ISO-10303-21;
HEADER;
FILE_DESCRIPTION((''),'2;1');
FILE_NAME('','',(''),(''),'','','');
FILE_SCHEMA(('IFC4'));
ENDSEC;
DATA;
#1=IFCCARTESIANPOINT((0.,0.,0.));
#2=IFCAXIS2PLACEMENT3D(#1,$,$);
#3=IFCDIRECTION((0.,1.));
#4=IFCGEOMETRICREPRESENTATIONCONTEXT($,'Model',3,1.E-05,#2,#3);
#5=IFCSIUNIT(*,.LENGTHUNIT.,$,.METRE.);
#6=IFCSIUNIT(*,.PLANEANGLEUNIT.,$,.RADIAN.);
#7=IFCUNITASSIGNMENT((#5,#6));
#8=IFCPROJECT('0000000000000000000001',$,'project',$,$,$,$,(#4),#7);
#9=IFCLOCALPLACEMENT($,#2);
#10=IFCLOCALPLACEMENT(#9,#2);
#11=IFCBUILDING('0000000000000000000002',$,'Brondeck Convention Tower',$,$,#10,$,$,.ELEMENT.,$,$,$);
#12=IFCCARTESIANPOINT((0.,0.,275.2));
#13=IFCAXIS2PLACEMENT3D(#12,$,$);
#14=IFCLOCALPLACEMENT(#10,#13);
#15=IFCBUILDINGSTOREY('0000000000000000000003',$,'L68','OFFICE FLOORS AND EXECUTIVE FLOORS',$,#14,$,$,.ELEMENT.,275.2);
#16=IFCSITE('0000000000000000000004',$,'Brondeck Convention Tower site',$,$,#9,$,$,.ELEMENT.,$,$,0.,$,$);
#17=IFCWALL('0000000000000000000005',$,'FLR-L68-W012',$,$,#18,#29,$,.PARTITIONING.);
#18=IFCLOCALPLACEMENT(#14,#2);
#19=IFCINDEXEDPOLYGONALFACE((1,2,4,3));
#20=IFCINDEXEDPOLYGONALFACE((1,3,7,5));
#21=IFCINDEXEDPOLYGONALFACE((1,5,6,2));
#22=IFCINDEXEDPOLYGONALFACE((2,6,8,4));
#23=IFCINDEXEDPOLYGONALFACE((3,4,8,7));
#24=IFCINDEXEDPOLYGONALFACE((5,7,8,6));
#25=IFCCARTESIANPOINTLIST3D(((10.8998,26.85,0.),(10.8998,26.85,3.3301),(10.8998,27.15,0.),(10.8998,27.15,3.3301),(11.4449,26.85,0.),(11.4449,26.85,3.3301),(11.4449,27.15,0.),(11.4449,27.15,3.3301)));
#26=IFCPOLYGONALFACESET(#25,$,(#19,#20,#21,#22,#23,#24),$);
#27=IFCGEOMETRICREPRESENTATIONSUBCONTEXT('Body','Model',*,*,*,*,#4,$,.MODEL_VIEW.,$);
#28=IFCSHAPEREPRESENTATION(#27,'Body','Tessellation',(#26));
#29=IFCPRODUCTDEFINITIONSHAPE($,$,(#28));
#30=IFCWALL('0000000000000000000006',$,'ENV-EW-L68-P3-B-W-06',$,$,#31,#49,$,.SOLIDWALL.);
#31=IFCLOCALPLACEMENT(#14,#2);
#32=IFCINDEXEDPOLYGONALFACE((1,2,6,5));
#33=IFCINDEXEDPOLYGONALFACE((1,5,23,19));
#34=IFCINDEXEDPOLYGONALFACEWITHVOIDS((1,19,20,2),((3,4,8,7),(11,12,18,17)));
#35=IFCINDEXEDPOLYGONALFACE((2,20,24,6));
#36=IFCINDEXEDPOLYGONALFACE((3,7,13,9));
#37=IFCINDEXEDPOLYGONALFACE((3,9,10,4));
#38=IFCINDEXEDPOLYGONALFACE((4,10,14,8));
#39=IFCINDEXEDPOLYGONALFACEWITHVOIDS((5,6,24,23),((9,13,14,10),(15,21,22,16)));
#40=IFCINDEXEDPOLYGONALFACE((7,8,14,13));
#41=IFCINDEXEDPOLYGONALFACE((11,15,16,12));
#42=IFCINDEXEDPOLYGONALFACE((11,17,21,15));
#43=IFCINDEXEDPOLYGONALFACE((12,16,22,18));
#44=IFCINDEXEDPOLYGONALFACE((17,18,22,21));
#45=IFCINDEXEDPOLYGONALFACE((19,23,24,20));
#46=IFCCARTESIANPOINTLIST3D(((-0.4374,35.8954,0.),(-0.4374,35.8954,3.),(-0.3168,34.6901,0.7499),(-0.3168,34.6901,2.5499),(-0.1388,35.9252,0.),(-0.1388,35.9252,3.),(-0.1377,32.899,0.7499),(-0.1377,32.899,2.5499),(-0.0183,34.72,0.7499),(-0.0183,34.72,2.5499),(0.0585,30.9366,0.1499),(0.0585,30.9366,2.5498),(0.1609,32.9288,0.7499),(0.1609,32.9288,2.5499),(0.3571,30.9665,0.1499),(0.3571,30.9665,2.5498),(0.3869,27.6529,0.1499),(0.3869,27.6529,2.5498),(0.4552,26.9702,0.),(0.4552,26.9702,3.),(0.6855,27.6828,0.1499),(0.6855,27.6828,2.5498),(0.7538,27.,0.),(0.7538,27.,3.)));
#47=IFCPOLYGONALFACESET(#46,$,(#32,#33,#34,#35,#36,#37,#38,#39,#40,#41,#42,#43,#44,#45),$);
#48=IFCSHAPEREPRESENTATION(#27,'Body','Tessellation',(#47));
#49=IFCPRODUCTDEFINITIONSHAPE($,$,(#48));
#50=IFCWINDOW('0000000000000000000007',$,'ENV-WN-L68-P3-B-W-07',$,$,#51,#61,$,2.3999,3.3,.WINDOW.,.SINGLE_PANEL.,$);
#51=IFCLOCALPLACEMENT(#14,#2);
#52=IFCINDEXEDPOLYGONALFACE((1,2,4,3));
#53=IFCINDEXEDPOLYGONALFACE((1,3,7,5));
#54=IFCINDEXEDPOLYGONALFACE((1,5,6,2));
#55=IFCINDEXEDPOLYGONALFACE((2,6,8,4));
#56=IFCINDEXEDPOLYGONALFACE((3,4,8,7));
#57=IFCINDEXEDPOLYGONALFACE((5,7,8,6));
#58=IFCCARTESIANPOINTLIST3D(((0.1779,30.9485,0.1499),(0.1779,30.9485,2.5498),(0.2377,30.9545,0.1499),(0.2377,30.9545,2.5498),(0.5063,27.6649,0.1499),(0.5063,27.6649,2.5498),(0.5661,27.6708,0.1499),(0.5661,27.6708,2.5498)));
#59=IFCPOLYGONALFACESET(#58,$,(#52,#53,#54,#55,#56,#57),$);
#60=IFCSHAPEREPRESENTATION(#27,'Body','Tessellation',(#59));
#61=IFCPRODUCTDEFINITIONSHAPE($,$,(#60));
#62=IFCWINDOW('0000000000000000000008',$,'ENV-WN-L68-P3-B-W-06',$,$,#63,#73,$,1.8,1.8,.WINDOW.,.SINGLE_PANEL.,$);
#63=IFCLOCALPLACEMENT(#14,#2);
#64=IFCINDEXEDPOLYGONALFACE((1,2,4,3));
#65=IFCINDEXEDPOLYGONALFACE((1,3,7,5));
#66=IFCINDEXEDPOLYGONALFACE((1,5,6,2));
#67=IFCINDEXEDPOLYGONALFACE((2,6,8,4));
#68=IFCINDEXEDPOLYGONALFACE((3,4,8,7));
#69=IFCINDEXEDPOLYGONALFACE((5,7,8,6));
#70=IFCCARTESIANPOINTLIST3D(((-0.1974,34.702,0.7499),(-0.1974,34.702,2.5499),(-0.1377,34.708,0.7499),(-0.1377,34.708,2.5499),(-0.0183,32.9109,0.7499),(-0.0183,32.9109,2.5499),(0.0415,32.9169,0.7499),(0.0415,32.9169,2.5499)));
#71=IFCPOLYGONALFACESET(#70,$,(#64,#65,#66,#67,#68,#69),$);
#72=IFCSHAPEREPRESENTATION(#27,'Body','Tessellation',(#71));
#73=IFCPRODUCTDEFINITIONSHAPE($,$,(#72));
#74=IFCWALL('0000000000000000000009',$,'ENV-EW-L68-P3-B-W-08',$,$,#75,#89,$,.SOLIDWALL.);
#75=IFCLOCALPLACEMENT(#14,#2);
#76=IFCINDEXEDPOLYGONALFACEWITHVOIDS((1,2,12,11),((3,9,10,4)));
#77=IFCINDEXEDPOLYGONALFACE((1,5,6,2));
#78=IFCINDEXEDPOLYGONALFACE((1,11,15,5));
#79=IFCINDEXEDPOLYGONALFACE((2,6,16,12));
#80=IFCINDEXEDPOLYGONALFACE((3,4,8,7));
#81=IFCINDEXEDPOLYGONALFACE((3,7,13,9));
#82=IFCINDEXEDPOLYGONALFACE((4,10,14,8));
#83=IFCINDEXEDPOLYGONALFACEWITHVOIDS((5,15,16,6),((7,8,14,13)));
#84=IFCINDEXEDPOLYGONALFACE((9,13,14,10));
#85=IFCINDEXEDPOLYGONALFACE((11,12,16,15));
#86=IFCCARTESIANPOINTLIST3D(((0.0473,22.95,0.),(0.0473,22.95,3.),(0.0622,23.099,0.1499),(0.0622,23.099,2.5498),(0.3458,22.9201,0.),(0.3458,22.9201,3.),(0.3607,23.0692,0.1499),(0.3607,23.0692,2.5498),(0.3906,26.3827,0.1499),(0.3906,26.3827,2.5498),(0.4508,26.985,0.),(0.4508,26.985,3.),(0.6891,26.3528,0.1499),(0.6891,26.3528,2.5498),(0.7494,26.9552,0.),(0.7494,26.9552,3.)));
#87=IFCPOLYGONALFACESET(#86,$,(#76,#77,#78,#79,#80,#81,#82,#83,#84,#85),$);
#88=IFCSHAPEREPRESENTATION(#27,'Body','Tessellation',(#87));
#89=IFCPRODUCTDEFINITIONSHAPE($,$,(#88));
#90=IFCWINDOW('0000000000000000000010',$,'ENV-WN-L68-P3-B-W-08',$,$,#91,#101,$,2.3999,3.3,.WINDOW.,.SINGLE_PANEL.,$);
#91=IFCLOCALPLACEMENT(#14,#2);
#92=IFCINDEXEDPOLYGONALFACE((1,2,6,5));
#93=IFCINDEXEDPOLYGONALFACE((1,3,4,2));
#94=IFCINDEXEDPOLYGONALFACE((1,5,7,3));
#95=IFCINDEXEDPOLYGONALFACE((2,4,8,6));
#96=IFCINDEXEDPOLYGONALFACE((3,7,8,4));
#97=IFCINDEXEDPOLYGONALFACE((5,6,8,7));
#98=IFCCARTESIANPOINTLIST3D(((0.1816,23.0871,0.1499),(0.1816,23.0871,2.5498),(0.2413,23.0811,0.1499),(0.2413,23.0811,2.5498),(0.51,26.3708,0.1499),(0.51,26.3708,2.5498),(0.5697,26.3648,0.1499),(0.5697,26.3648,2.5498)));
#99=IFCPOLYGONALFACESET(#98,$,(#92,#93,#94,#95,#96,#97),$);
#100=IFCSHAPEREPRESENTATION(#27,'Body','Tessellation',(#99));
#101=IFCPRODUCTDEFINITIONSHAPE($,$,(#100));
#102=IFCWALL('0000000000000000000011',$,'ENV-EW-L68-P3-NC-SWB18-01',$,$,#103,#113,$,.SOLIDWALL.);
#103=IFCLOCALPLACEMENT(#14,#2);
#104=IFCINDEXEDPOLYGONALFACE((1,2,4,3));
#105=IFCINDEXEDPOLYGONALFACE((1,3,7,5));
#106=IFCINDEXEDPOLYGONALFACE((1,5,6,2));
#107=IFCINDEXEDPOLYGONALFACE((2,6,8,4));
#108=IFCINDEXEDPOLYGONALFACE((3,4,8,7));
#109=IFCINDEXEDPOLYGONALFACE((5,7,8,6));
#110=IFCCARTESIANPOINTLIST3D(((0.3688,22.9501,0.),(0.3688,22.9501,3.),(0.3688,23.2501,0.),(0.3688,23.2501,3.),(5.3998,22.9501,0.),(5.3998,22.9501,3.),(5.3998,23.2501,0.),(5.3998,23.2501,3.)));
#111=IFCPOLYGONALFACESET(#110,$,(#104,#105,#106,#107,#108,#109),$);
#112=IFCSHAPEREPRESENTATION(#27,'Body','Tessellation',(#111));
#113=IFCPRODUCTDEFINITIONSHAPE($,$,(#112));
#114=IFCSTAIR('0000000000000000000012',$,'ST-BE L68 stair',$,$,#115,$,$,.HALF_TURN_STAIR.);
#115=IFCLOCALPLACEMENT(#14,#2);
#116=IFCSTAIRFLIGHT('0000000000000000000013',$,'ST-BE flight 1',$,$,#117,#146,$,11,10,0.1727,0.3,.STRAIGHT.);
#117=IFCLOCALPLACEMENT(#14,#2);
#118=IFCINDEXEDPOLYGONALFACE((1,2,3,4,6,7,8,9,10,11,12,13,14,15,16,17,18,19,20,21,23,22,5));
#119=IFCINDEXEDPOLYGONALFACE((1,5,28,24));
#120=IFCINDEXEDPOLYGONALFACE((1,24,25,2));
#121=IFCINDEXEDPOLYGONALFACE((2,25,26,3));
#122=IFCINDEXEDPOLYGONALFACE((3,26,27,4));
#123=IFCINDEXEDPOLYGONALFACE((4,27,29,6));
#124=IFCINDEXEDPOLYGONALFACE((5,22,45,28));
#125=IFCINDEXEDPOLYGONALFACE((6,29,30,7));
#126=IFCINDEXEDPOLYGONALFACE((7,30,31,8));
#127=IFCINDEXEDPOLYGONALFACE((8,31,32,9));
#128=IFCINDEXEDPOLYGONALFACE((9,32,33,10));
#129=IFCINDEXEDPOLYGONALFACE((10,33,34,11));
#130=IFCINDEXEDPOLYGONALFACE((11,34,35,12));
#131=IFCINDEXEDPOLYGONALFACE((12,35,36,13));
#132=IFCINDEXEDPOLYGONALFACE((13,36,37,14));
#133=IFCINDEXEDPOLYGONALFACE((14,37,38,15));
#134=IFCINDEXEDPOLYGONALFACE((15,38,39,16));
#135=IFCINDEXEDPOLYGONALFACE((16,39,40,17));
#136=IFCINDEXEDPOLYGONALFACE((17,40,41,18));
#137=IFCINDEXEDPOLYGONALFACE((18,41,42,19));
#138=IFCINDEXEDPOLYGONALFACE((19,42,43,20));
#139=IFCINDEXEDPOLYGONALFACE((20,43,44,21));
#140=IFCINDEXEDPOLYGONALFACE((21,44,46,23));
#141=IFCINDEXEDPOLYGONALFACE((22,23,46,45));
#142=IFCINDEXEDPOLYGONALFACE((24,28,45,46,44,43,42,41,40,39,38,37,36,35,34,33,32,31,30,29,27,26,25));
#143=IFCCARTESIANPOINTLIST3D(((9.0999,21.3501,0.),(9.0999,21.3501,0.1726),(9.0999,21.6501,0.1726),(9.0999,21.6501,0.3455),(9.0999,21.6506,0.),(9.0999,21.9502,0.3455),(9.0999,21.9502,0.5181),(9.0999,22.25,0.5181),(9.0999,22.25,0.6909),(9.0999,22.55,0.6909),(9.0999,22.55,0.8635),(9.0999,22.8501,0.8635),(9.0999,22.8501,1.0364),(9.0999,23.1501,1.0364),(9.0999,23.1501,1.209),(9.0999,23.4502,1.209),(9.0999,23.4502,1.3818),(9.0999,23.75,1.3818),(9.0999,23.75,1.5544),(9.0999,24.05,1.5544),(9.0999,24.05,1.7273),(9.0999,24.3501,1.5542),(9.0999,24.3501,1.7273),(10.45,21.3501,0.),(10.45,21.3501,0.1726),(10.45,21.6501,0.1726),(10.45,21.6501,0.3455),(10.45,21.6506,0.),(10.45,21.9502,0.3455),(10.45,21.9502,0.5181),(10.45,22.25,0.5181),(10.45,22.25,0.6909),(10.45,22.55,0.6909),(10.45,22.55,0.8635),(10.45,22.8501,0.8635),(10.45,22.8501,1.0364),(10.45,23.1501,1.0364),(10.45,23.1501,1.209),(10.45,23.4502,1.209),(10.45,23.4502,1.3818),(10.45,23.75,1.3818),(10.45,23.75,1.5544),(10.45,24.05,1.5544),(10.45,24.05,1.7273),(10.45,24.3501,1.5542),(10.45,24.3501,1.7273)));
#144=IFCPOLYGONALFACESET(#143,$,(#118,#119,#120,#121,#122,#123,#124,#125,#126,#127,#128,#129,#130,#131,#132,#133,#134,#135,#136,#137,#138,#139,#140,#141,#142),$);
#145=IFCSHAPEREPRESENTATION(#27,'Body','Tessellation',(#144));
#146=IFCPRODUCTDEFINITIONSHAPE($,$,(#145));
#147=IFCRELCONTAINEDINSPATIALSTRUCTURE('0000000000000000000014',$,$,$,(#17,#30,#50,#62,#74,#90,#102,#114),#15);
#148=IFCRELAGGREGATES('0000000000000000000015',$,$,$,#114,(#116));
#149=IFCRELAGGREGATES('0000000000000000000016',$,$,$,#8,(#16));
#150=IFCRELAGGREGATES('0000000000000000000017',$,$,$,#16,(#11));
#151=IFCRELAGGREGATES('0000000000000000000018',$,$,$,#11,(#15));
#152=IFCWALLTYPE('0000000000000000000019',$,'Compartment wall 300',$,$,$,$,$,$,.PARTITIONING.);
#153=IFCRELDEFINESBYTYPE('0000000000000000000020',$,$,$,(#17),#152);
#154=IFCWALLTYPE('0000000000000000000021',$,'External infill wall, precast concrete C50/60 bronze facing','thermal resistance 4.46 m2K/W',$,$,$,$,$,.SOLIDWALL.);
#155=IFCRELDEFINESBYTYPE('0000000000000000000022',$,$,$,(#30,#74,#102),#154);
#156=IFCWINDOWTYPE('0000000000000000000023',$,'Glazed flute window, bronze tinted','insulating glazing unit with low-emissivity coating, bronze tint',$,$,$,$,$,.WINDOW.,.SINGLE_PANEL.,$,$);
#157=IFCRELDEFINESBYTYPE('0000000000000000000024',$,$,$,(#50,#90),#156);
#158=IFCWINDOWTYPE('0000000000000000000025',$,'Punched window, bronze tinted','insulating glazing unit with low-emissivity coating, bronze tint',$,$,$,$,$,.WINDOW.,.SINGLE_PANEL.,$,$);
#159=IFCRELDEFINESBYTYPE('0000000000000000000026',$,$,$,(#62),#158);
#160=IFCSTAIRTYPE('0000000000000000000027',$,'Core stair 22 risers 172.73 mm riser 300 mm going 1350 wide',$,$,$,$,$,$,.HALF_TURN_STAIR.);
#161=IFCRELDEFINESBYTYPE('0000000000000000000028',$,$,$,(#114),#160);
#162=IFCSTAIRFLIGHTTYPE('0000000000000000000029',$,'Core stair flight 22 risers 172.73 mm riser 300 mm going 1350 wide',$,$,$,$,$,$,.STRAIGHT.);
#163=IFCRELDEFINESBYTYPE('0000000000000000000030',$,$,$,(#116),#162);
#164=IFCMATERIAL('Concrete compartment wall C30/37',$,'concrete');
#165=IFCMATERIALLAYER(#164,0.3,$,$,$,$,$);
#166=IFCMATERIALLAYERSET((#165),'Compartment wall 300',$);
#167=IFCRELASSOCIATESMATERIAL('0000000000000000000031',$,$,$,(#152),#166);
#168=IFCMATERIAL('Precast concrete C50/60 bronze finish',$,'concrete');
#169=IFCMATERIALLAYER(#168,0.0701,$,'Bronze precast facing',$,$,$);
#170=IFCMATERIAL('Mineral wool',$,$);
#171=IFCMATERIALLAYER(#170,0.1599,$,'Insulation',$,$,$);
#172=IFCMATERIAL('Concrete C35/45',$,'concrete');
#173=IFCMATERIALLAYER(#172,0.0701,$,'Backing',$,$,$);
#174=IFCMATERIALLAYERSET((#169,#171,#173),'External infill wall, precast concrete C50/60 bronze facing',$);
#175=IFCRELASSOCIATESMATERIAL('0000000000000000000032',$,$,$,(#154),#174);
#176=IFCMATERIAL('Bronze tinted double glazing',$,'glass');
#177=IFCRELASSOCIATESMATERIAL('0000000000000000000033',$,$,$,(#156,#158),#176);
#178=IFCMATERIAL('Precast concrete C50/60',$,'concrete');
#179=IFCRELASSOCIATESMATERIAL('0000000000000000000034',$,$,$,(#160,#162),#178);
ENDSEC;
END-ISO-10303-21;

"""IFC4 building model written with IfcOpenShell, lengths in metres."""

from ifc_helpers import new_model, si_unit, direction, frame, frame_2d, origin, place, context, subcontext, project, spatial, polyline, rectangle, outline, extrude, material, layer, layer_set, type_object, element, fill, aggregate, save


model = new_model("IFC4")

# Units and contexts
model_context = context("Model", 3, precision=1e-05, world=origin(), true_north=direction((0.0, 1.0)))
body_context = subcontext(model_context, "Body", "Model", "MODEL_VIEW")
ifc_project = project(units=[si_unit("LENGTHUNIT", "METRE"), si_unit("PLANEANGLEUNIT", "RADIAN")], contexts=[model_context])

# Site, building, storey
site_placement = place(None, origin())
site = spatial("IfcSite", under=ifc_project, at=site_placement, Name="Brondeck Convention Tower site", CompositionType="ELEMENT", RefElevation=0.0)
building_placement = place(site_placement, origin())
building = spatial("IfcBuilding", under=site, at=building_placement, Name="Brondeck Convention Tower", CompositionType="ELEMENT")
storey_placement = place(building_placement, frame((0.0, 0.0, 275.2)))
storey = spatial("IfcBuildingStorey", under=building, at=storey_placement, Name="L68", Description="OFFICE FLOORS AND EXECUTIVE FLOORS", CompositionType="ELEMENT", Elevation=275.2)

# Wall
ifc_material_1 = material(Name="Concrete compartment wall C30/37", Category="concrete")
ifc_layer_1 = layer(ifc_material_1, 0.3)
ifc_layer_set_1 = layer_set([ifc_layer_1], Name="Compartment wall 300")
wall_type_1 = type_object("IfcWallType", Name="Compartment wall 300", PredefinedType="PARTITIONING", material=ifc_layer_set_1)
wall_1_placement = place(storey_placement, frame((10.8999, 27.0, 0.0), z_axis=(0.0, 0.0, 1.0), x_axis=(1.0, 0.0, 0.0)))
element("IfcWall", 1, at=wall_1_placement, inside=storey, type_object=wall_type_1, Name="FLR-L68-W012", PredefinedType="PARTITIONING", context=body_context, shape_type="SweptSolid", body=[
    extrude(rectangle(XDim=0.5452, YDim=0.3, at=frame_2d((0.2725, 0.0))), origin(), (0.0, 0.0, 1.0), 3.3301),
])

# Wall, openings, windows
ifc_material_2 = material(Name="Precast concrete C50/60 bronze finish", Category="concrete")
ifc_layer_2 = layer(ifc_material_2, 0.0701, Name="Bronze precast facing")
ifc_material_3 = material(Name="Mineral wool")
ifc_layer_3 = layer(ifc_material_3, 0.1599, Name="Insulation")
ifc_material_4 = material(Name="Concrete C35/45", Category="concrete")
ifc_layer_4 = layer(ifc_material_4, 0.0701, Name="Backing")
ifc_layer_set_2 = layer_set([ifc_layer_2, ifc_layer_3, ifc_layer_4], Name="External infill wall, precast concrete C50/60 bronze facing")
wall_type_2 = type_object("IfcWallType", Name="External infill wall, precast concrete C50/60 bronze facing", Description="thermal resistance 4.46 m2K/W", PredefinedType="SOLIDWALL", material=ifc_layer_set_2)
wall_2_placement = place(storey_placement, frame((0.6045, 26.9851, 0.0), z_axis=(0.0, 0.0, 1.0), x_axis=(-0.099509, 0.995037, 0.0)))
wall_2 = element("IfcWall", 2, at=wall_2_placement, inside=storey, type_object=wall_type_2, Name="ENV-EW-L68-P3-B-W-06", PredefinedType="SOLIDWALL", context=body_context, shape_type="SweptSolid", body=[
    extrude(rectangle(XDim=8.9697, YDim=0.3, at=frame_2d((4.4849, 0.0))), origin(), (0.0, 0.0, 1.0), 3.0),
])
opening_1_placement = place(wall_2_placement, frame((0.6863, 0.0, 0.1499)))
opening_1 = element("IfcOpeningElement", 3, at=opening_1_placement, cuts=wall_2, PredefinedType="OPENING", context=body_context, shape_type="SweptSolid", body=[
    extrude(rectangle(XDim=3.3, YDim=2.3999, at=frame_2d((1.6499, 1.2))), frame((0.0, 0.1599, 0.0), z_axis=(0.0, -1.0, 0.0), x_axis=(1.0, 0.0, 0.0)), (0.0, 0.0, 1.0), 0.3201),
])
opening_2_placement = place(wall_2_placement, frame((5.9585, 0.0, 0.75)))
opening_2 = element("IfcOpeningElement", 4, at=opening_2_placement, cuts=wall_2, PredefinedType="OPENING", context=body_context, shape_type="SweptSolid", body=[
    extrude(rectangle(XDim=1.8, YDim=1.8, at=frame_2d((0.8999, 0.8999))), frame((0.0, 0.1599, 0.0), z_axis=(0.0, -1.0, 0.0), x_axis=(1.0, 0.0, 0.0)), (0.0, 0.0, 1.0), 0.3201),
])
ifc_material_5 = material(Name="Bronze tinted double glazing", Category="glass")
window_type_1 = type_object("IfcWindowType", Name="Glazed flute window, bronze tinted", Description="insulating glazing unit with low-emissivity coating, bronze tint", PartitioningType="SINGLE_PANEL", PredefinedType="WINDOW", material=ifc_material_5)
window_1_placement = place(opening_1_placement, origin())
window_1 = element("IfcWindow", 5, at=window_1_placement, inside=storey, type_object=window_type_1, Name="ENV-WN-L68-P3-B-W-07", OverallHeight=2.3999, OverallWidth=3.3, PartitioningType="SINGLE_PANEL", PredefinedType="WINDOW", context=body_context, shape_type="SweptSolid", body=[
    extrude(rectangle(XDim=3.3, YDim=2.3999, at=frame_2d((1.6499, 1.2))), frame((0.0, 0.03, 0.0), z_axis=(0.0, -1.0, 0.0), x_axis=(1.0, 0.0, 0.0)), (0.0, 0.0, 1.0), 0.0601),
])
fill(opening_1, window_1)
window_type_2 = type_object("IfcWindowType", Name="Punched window, bronze tinted", Description="insulating glazing unit with low-emissivity coating, bronze tint", PartitioningType="SINGLE_PANEL", PredefinedType="WINDOW", material=ifc_material_5)
window_2_placement = place(opening_2_placement, origin())
window_2 = element("IfcWindow", 6, at=window_2_placement, inside=storey, type_object=window_type_2, Name="ENV-WN-L68-P3-B-W-06", OverallHeight=1.8, OverallWidth=1.8, PartitioningType="SINGLE_PANEL", PredefinedType="WINDOW", context=body_context, shape_type="SweptSolid", body=[
    extrude(rectangle(XDim=1.8, YDim=1.8, at=frame_2d((0.8999, 0.8999))), frame((0.0, 0.03, 0.0), z_axis=(0.0, -1.0, 0.0), x_axis=(1.0, 0.0, 0.0)), (0.0, 0.0, 1.0), 0.0601),
])
fill(opening_2, window_2)

# Wall, opening, window
wall_3_placement = place(storey_placement, frame((0.1965, 22.9351, 0.0), z_axis=(0.0, 0.0, 1.0), x_axis=(0.099516, 0.995036, 0.0)))
wall_3 = element("IfcWall", 7, at=wall_3_placement, inside=storey, type_object=wall_type_2, Name="ENV-EW-L68-P3-B-W-08", PredefinedType="SOLIDWALL", context=body_context, shape_type="SweptSolid", body=[
    extrude(rectangle(XDim=4.0552, YDim=0.3, at=frame_2d((2.0276, 0.0))), origin(), (0.0, 0.0, 1.0), 3.0),
])
opening_3_placement = place(wall_3_placement, frame((0.1499, 0.0, 0.1499)))
opening_3 = element("IfcOpeningElement", 8, at=opening_3_placement, cuts=wall_3, PredefinedType="OPENING", context=body_context, shape_type="SweptSolid", body=[
    extrude(rectangle(XDim=3.3, YDim=2.3999, at=frame_2d((1.6499, 1.2))), frame((0.0, 0.1599, 0.0), z_axis=(0.0, -1.0, 0.0), x_axis=(1.0, 0.0, 0.0)), (0.0, 0.0, 1.0), 0.3201),
])
window_3_placement = place(opening_3_placement, origin())
window_3 = element("IfcWindow", 9, at=window_3_placement, inside=storey, type_object=window_type_1, Name="ENV-WN-L68-P3-B-W-08", OverallHeight=2.3999, OverallWidth=3.3, PartitioningType="SINGLE_PANEL", PredefinedType="WINDOW", context=body_context, shape_type="SweptSolid", body=[
    extrude(rectangle(XDim=3.3, YDim=2.3999, at=frame_2d((1.6499, 1.2))), frame((0.0, 0.03, 0.0), z_axis=(0.0, -1.0, 0.0), x_axis=(1.0, 0.0, 0.0)), (0.0, 0.0, 1.0), 0.0601),
])
fill(opening_3, window_3)

# Wall
wall_4_placement = place(storey_placement, frame((5.3999, 23.1001, 0.0), z_axis=(0.0, 0.0, 1.0), x_axis=(-1.0, 0.0, 0.0)))
element("IfcWall", 10, at=wall_4_placement, inside=storey, type_object=wall_type_2, Name="ENV-EW-L68-P3-NC-SWB18-01", PredefinedType="SOLIDWALL", context=body_context, shape_type="SweptSolid", body=[
    extrude(rectangle(XDim=5.031, YDim=0.3, at=frame_2d((2.5156, 0.0))), origin(), (0.0, 0.0, 1.0), 3.0),
])

# Stair, stair flight
ifc_material_6 = material(Name="Precast concrete C50/60", Category="concrete")
stair_type = type_object("IfcStairType", Name="Core stair 22 risers 172.73 mm riser 300 mm going 1350 wide", PredefinedType="HALF_TURN_STAIR", material=ifc_material_6)
stair_placement = place(storey_placement, origin())
stair = element("IfcStair", 11, at=stair_placement, inside=storey, type_object=stair_type, Name="ST-BE L68 stair", PredefinedType="HALF_TURN_STAIR")
stair_flight_type = type_object("IfcStairFlightType", Name="Core stair flight 22 risers 172.73 mm riser 300 mm going 1350 wide", PredefinedType="STRAIGHT", material=ifc_material_6)
stair_flight_1_placement = place(storey_placement, frame((9.7749, 21.3501, 0.0), z_axis=(0.0, 0.0, 1.0), x_axis=(0.0, 1.0, 0.0)))
stair_flight_1 = element("IfcStairFlight", 12, at=stair_flight_1_placement, type_object=stair_flight_type, Name="ST-BE flight 1", NumberOfRisers=11, NumberOfTreads=10, PredefinedType="STRAIGHT", RiserHeight=0.1727, TreadLength=0.3, context=body_context, shape_type="SweptSolid", body=[
    extrude(outline(polyline([(0.0, 0.0), (0.0, 0.1726), (0.3, 0.1726), (0.3, 0.3455), (0.6001, 0.3455), (0.6001, 0.5181), (0.8999, 0.5181), (0.8999, 0.6909), (1.2, 0.6909), (1.2, 0.8635), (1.5, 0.8635), (1.5, 1.0364), (1.8, 1.0364), (1.8, 1.209), (2.1001, 1.209), (2.1001, 1.3818), (2.3999, 1.3818), (2.3999, 1.5544), (2.7, 1.5544), (2.7, 1.7273), (3.0, 1.7273), (3.0, 1.8999), (3.0, 1.5542), (0.3005, 0.0), (0.0, 0.0)])), frame((0.0, 0.675, 0.0), z_axis=(0.0, -1.0, 0.0), x_axis=(1.0, 0.0, 0.0)), (0.0, 0.0, 1.0), 1.3501),
])
aggregate(stair, [stair_flight_1])

save(model, "model.ifc")
